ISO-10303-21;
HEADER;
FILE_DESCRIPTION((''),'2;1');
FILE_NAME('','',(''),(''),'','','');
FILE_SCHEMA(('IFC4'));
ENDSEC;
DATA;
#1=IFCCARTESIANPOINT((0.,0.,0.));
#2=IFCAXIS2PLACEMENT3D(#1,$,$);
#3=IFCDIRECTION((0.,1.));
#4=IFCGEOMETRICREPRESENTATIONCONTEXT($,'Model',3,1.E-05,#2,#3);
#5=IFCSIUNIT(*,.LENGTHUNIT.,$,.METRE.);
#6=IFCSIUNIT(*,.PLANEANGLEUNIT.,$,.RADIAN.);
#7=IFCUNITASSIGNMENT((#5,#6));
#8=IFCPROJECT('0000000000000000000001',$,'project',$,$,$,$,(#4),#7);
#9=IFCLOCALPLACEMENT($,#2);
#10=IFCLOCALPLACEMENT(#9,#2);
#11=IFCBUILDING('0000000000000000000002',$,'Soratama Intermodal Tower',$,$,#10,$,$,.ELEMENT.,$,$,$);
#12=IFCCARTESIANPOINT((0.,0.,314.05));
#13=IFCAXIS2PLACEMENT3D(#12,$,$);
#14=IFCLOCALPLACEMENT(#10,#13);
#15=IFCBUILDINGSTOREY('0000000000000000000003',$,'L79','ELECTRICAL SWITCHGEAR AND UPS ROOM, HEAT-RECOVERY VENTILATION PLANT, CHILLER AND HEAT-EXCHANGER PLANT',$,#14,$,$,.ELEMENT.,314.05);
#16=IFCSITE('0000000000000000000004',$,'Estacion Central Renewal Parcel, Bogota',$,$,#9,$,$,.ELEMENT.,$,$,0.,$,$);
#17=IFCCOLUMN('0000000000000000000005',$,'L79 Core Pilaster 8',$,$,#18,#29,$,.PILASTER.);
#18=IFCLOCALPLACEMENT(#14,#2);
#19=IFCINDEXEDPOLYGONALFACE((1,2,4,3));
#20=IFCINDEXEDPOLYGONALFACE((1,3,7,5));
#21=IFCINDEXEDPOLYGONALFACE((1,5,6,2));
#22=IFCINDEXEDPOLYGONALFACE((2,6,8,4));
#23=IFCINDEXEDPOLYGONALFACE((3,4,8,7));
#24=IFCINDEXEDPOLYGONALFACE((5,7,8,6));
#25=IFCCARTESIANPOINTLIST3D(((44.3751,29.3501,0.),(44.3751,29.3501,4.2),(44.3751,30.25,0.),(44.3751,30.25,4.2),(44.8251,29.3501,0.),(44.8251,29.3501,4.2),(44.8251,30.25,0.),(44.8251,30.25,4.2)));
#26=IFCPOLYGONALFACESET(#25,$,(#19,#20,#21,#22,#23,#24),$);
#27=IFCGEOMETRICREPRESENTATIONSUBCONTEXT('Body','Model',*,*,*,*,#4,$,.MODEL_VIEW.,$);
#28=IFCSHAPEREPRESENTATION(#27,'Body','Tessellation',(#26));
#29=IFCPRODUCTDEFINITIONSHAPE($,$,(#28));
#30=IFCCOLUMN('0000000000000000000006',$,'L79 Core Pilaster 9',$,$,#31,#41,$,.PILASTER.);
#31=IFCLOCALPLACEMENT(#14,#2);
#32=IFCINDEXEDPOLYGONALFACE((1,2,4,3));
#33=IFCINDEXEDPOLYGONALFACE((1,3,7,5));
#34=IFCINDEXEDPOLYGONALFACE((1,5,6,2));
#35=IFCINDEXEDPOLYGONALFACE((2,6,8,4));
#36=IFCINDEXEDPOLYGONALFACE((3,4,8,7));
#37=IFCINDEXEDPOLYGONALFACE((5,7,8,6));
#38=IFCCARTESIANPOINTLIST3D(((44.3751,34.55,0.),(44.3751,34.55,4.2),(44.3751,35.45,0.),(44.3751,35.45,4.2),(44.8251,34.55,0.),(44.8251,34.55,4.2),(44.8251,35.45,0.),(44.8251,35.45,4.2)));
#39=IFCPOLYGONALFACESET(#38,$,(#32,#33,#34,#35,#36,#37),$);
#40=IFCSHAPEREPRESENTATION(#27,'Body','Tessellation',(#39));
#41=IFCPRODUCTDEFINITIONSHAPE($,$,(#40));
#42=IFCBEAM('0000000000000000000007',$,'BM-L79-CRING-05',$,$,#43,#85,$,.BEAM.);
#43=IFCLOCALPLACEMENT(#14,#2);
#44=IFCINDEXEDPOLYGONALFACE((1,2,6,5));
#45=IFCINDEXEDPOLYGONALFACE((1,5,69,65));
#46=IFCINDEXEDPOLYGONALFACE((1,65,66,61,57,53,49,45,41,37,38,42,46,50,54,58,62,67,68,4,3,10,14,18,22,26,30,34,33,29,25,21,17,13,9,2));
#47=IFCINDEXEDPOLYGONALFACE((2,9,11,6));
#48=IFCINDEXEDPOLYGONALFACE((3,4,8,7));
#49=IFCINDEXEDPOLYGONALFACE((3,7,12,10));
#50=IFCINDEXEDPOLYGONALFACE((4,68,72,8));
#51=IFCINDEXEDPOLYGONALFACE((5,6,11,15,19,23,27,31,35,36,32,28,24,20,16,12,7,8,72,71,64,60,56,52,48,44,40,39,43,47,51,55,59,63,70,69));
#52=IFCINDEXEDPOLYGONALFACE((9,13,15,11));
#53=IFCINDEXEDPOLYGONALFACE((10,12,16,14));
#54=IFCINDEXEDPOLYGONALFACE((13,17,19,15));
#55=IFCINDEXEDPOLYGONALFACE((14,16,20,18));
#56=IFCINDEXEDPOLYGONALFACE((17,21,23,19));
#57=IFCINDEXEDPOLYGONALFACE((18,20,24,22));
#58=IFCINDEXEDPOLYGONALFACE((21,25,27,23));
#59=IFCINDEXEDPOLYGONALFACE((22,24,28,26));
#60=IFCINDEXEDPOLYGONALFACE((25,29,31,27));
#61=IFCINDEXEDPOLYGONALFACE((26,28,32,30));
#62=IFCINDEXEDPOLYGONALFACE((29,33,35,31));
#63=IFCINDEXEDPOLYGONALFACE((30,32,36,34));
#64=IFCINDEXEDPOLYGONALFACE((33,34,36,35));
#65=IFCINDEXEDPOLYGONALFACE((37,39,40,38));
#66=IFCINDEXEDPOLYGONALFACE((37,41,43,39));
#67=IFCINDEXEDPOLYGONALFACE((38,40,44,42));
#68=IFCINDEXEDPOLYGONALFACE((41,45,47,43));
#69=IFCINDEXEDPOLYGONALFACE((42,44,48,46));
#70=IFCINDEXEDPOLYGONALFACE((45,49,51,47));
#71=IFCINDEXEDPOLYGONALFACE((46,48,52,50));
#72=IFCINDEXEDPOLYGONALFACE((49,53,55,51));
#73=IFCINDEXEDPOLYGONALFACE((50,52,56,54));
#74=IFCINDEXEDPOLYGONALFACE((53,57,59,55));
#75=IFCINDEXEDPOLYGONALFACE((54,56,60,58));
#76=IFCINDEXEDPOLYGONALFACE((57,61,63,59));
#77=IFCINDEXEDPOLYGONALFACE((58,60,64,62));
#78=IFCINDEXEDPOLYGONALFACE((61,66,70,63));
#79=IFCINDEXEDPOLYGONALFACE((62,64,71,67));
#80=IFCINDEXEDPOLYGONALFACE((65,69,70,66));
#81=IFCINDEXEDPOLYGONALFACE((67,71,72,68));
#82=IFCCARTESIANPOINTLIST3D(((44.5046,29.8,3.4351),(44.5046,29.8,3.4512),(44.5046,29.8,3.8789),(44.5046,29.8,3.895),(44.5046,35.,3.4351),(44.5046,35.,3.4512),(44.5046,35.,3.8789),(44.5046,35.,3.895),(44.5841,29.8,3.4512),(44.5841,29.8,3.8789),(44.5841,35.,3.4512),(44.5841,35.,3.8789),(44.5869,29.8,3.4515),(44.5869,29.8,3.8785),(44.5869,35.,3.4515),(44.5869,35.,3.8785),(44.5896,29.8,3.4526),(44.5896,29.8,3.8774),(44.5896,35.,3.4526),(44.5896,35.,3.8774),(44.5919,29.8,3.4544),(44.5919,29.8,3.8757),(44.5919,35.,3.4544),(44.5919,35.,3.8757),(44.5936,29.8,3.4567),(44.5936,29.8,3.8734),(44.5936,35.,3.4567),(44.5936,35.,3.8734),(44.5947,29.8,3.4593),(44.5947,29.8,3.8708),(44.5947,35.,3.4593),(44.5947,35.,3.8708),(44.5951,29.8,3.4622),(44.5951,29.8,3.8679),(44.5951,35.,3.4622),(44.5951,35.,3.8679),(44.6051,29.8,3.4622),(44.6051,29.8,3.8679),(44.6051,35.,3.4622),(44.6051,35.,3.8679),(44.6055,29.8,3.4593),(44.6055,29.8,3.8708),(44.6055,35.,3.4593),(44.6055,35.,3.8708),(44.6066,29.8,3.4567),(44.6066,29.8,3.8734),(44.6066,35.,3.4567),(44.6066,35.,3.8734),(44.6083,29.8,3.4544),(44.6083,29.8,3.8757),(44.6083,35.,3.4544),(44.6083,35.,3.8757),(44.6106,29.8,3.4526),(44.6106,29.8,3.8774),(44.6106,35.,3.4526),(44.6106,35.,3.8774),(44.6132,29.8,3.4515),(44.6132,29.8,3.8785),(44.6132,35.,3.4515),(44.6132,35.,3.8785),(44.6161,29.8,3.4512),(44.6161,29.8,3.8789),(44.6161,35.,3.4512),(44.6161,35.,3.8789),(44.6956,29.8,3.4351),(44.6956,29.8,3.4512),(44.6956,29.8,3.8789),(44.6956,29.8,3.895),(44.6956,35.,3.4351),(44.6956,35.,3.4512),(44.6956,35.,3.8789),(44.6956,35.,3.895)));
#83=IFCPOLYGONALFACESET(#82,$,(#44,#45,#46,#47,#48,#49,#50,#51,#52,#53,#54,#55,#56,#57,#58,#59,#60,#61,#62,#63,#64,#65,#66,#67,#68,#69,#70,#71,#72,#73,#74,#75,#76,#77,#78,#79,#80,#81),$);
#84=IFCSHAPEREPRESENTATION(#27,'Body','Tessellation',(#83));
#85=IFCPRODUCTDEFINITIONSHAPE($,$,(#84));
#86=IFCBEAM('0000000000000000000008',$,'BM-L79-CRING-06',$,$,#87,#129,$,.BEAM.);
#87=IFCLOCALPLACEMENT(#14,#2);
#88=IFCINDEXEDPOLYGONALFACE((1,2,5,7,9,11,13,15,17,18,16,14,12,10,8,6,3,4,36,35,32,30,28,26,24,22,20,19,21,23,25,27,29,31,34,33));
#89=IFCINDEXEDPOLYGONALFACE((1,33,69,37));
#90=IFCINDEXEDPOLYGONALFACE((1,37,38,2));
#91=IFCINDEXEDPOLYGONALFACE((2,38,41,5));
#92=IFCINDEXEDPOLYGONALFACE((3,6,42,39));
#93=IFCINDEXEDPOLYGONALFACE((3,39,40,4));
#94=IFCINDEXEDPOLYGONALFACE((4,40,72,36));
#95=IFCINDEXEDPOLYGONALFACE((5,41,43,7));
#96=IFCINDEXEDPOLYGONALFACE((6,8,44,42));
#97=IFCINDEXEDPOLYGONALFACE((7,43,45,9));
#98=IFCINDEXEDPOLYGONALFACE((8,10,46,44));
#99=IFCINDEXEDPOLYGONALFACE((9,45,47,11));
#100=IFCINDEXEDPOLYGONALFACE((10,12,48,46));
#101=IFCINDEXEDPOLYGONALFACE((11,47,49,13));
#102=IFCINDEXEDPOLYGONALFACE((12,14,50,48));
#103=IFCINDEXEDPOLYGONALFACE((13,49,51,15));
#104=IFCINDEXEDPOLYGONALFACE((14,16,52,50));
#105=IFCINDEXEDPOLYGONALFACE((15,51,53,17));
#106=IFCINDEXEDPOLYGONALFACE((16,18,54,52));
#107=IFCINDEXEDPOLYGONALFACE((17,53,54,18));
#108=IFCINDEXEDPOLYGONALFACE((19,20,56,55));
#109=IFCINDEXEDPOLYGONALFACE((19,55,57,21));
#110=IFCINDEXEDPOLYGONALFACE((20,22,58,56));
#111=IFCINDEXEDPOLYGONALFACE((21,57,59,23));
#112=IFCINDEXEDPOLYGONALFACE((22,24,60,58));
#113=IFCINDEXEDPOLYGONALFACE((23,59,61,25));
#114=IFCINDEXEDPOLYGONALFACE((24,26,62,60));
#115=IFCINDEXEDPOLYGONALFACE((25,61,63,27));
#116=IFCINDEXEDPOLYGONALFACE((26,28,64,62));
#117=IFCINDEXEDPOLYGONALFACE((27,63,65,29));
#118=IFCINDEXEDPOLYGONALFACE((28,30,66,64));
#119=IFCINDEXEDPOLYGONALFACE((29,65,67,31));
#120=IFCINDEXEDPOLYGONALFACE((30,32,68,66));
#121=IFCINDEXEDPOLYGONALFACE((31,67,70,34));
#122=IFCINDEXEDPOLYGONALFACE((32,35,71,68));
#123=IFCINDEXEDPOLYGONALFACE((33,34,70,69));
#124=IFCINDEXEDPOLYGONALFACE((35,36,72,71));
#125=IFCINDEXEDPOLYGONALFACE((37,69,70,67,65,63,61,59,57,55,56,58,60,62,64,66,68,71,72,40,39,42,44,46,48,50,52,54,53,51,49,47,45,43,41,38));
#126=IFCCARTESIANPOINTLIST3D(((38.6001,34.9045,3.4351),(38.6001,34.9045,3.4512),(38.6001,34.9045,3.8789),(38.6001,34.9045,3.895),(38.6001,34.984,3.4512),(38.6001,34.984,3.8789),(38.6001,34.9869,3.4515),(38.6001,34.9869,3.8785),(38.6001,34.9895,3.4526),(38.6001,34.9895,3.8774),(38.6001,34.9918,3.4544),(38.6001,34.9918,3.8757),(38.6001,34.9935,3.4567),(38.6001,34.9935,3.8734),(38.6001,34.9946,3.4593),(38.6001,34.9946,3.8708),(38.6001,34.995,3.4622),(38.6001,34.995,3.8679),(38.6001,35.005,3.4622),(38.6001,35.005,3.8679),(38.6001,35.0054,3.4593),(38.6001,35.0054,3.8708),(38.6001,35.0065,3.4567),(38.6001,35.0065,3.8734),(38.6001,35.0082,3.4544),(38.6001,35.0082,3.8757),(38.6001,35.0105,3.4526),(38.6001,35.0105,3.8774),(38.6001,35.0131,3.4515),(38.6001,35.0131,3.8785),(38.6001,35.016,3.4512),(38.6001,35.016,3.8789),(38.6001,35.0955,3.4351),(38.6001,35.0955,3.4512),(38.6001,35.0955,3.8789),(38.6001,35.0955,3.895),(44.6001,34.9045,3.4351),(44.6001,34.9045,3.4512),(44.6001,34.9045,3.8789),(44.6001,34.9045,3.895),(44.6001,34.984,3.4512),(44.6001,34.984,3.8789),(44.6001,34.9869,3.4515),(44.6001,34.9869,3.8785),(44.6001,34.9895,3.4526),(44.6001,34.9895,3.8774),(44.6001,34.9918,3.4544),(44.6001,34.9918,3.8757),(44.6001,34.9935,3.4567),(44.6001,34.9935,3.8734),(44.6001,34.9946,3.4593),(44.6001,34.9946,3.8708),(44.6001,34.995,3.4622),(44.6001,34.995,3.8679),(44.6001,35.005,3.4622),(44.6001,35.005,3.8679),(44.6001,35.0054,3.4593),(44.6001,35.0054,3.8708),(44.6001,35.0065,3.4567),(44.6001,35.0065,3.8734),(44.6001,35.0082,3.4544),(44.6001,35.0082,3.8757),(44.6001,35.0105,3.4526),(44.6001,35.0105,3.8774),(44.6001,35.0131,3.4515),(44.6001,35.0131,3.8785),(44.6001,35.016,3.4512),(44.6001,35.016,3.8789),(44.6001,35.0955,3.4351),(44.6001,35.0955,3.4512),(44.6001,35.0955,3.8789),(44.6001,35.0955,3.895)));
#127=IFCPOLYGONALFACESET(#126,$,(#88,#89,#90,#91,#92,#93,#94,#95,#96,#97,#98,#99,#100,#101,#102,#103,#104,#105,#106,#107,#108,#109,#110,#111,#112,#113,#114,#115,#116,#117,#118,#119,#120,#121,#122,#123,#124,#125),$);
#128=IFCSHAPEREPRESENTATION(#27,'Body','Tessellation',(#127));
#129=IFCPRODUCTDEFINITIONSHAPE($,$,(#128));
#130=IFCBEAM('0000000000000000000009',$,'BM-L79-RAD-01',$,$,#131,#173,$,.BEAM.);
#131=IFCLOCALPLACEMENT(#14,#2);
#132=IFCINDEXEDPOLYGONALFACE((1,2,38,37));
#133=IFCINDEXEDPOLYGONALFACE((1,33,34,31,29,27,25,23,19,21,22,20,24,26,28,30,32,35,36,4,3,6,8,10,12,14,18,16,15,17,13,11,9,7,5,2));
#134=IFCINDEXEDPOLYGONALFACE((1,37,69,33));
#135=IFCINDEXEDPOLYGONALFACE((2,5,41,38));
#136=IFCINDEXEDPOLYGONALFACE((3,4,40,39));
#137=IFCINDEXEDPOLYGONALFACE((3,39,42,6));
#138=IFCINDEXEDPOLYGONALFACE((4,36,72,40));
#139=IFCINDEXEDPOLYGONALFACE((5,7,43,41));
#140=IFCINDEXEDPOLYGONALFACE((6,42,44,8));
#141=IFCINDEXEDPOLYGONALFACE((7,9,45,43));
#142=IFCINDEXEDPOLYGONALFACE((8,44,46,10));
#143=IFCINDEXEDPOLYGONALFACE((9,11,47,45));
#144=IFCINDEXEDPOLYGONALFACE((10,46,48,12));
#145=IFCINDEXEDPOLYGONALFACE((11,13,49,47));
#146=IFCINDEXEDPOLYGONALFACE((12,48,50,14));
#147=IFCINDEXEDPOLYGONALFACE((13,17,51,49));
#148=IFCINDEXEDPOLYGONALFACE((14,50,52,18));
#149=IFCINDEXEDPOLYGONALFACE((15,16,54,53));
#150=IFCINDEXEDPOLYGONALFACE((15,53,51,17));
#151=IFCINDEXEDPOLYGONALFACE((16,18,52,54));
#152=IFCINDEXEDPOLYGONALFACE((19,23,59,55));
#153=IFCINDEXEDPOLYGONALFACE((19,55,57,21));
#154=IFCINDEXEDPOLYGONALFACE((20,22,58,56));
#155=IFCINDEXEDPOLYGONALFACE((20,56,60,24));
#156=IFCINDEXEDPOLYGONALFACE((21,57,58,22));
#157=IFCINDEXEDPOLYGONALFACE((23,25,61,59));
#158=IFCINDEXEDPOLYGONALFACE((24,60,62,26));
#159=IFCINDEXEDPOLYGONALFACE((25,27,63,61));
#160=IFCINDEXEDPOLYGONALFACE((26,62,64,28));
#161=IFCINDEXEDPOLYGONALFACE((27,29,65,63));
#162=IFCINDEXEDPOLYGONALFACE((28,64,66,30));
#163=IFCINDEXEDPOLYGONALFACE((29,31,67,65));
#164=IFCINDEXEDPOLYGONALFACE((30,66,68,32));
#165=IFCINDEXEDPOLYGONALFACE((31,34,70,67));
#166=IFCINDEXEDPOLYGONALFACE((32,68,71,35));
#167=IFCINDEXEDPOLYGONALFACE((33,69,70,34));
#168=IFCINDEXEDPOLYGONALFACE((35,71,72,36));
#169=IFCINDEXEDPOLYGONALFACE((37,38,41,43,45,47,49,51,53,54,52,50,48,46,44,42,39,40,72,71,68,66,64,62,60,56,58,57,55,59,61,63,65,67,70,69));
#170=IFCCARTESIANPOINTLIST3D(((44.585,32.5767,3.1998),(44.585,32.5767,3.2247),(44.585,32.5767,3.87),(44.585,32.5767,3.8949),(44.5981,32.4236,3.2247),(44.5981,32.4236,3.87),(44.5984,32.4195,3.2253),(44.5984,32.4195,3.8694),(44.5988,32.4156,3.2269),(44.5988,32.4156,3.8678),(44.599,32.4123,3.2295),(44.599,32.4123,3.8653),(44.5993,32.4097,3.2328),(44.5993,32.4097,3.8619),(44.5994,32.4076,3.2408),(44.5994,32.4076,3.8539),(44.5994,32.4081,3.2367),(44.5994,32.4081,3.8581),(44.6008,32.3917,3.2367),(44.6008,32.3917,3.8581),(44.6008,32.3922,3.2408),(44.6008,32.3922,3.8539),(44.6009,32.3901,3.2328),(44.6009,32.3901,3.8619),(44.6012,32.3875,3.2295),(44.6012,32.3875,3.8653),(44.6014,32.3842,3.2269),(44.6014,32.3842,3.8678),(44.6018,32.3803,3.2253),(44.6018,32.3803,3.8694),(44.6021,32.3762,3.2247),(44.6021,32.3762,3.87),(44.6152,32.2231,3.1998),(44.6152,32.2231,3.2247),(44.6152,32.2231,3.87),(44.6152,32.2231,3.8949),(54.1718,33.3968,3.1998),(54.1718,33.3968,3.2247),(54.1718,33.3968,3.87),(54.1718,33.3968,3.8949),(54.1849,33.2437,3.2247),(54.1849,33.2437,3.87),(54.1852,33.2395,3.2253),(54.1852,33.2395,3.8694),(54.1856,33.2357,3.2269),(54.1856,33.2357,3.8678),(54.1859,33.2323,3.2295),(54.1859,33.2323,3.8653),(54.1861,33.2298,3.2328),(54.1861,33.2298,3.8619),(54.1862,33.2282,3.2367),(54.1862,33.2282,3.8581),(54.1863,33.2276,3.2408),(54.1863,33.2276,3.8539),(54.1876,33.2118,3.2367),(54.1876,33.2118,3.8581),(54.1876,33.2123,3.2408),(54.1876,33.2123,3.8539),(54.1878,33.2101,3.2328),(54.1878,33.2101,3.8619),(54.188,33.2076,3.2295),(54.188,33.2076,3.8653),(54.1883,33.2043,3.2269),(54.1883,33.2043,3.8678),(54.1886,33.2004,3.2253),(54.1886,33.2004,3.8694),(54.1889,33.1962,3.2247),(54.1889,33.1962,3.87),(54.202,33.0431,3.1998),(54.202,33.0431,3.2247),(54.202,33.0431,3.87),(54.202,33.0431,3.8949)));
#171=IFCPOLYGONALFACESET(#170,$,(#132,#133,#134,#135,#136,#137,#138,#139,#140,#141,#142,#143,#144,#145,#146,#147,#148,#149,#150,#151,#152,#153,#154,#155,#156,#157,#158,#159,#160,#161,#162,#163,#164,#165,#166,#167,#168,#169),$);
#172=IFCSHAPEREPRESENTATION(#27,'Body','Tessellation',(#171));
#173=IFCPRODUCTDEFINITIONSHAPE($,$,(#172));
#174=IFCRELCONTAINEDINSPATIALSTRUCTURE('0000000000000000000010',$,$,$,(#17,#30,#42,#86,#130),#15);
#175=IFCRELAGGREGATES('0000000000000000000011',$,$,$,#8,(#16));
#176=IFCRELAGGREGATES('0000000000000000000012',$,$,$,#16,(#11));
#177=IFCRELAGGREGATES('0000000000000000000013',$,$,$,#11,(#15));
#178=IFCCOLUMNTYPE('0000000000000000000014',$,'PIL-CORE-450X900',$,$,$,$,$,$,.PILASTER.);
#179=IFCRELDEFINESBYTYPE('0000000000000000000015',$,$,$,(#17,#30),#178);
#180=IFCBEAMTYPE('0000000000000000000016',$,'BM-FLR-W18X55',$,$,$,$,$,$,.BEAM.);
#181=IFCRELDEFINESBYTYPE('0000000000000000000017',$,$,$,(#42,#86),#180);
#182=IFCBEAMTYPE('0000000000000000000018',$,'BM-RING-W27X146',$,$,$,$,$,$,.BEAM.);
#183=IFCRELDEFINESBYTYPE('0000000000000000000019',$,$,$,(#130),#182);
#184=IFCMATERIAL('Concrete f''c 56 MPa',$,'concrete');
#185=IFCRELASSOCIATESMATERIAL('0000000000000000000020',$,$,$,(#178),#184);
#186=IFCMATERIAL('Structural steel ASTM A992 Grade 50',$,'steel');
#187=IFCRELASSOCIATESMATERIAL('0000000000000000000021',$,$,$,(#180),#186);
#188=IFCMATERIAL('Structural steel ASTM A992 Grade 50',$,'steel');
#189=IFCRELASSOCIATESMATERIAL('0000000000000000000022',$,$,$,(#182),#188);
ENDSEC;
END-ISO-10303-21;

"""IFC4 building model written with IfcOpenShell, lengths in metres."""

from ifc_helpers import new_model, si_unit, direction, frame, origin, origin_2d, place, context, subcontext, project, spatial, rectangle, i_section, extrude, material, material_profile, profile_set, type_object, element, save


model = new_model("IFC4")

# Units and contexts
model_context = context("Model", 3, precision=1e-05, world=origin(), true_north=direction((0.0, 1.0)))
body_context = subcontext(model_context, "Body", "Model", "MODEL_VIEW")
ifc_project = project(units=[si_unit("LENGTHUNIT", "METRE"), si_unit("PLANEANGLEUNIT", "RADIAN")], contexts=[model_context])

# Site, building, storey
site_placement = place(None, origin())
site = spatial("IfcSite", under=ifc_project, at=site_placement, Name="Estacion Central Renewal Parcel, Bogota", CompositionType="ELEMENT", RefElevation=0.0)
building_placement = place(site_placement, origin())
building = spatial("IfcBuilding", under=site, at=building_placement, Name="Soratama Intermodal Tower", CompositionType="ELEMENT")
storey_placement = place(building_placement, frame((0.0, 0.0, 314.05)))
storey = spatial("IfcBuildingStorey", under=building, at=storey_placement, Name="L79", Description="ELECTRICAL SWITCHGEAR AND UPS ROOM, HEAT-RECOVERY VENTILATION PLANT, CHILLER AND HEAT-EXCHANGER PLANT", CompositionType="ELEMENT", Elevation=314.05)

# Columns
ifc_material_1 = material(Name="Concrete f'c 56 MPa", Category="concrete")
ifc_material_profile_1 = material_profile(ifc_material_1, rectangle(XDim=0.45, YDim=0.8999, at=origin_2d()), Name="RC450X900")
ifc_profile_set_1 = profile_set([ifc_material_profile_1], Name="Concrete f'c 56 MPa")
column_type = type_object("IfcColumnType", Name="PIL-CORE-450X900", PredefinedType="PILASTER", material=ifc_profile_set_1)
for number, where, z_axis, x_axis, name in (
    (1, (44.6001, 29.8, 0.0), (0.0, 0.0, 1.0), (1.0, 0.0, 0.0), "L79 Core Pilaster 8"),
    (2, (44.6001, 35.0, 0.0), (0.0, 0.0, 1.0), (1.0, 0.0, 0.0), "L79 Core Pilaster 9"),
):
    element("IfcColumn", number, at=place(storey_placement, frame(where, z_axis=z_axis, x_axis=x_axis)), inside=storey, type_object=column_type, Name=name, PredefinedType="PILASTER", context=body_context, shape_type="SweptSolid", body=[
        extrude(rectangle(XDim=0.45, YDim=0.8999, at=origin_2d()), origin(), (0.0, 0.0, 1.0), 4.2),
    ])

# Beams
ifc_material_2 = material(Name="Structural steel ASTM A992 Grade 50", Category="steel")
ifc_material_profile_2 = material_profile(ifc_material_2, i_section(OverallWidth=0.1909, OverallDepth=0.46, WebThickness=0.01, FlangeThickness=0.0161, FilletRadius=0.011, at=origin_2d()), Name="W18X55")
ifc_profile_set_2 = profile_set([ifc_material_profile_2], Name="Structural steel ASTM A992 Grade 50")
beam_type_1 = type_object("IfcBeamType", Name="BM-FLR-W18X55", PredefinedType="BEAM", material=ifc_profile_set_2)
beam_1_placement = place(storey_placement, frame((44.6001, 29.8, 3.665), z_axis=(0.0, 1.0, 0.0), x_axis=(-1.0, 0.0, 0.0)))
element("IfcBeam", 3, at=beam_1_placement, inside=storey, type_object=beam_type_1, Name="BM-L79-CRING-05", PredefinedType="BEAM", context=body_context, shape_type="SweptSolid", body=[
    extrude(i_section(OverallWidth=0.1909, OverallDepth=0.46, WebThickness=0.01, FlangeThickness=0.0161, FilletRadius=0.011, at=origin_2d()), origin(), (0.0, 0.0, 1.0), 5.2),
])
beam_2_placement = place(storey_placement, frame((44.6001, 35.0, 3.665), z_axis=(-1.0, 0.0, 0.0), x_axis=(0.0, -1.0, 0.0)))
element("IfcBeam", 4, at=beam_2_placement, inside=storey, type_object=beam_type_1, Name="BM-L79-CRING-06", PredefinedType="BEAM", context=body_context, shape_type="SweptSolid", body=[
    extrude(i_section(OverallWidth=0.1909, OverallDepth=0.46, WebThickness=0.01, FlangeThickness=0.0161, FilletRadius=0.011, at=origin_2d()), origin(), (0.0, 0.0, 1.0), 6.0),
])
ifc_material_3 = material(Name="Structural steel ASTM A992 Grade 50", Category="steel")
ifc_material_profile_3 = material_profile(ifc_material_3, i_section(OverallWidth=0.355, OverallDepth=0.6951, WebThickness=0.0154, FlangeThickness=0.0249, FilletRadius=0.0161, at=origin_2d()), Name="W27X146")
ifc_profile_set_3 = profile_set([ifc_material_profile_3], Name="Structural steel ASTM A992 Grade 50")
beam_type_2 = type_object("IfcBeamType", Name="BM-RING-W27X146", PredefinedType="BEAM", material=ifc_profile_set_3)
beam_3_placement = place(storey_placement, frame((44.6001, 32.3999, 3.5474), z_axis=(0.996361, 0.085229, 0.0), x_axis=(-0.085229, 0.996361, 0.0)))
element("IfcBeam", 5, at=beam_3_placement, inside=storey, type_object=beam_type_2, Name="BM-L79-RAD-01", PredefinedType="BEAM", context=body_context, shape_type="SweptSolid", body=[
    extrude(i_section(OverallWidth=0.355, OverallDepth=0.6951, WebThickness=0.0154, FlangeThickness=0.0249, FilletRadius=0.0161, at=origin_2d()), origin(), (0.0, 0.0, 1.0), 9.6218),
])

save(model, "model.ifc")
